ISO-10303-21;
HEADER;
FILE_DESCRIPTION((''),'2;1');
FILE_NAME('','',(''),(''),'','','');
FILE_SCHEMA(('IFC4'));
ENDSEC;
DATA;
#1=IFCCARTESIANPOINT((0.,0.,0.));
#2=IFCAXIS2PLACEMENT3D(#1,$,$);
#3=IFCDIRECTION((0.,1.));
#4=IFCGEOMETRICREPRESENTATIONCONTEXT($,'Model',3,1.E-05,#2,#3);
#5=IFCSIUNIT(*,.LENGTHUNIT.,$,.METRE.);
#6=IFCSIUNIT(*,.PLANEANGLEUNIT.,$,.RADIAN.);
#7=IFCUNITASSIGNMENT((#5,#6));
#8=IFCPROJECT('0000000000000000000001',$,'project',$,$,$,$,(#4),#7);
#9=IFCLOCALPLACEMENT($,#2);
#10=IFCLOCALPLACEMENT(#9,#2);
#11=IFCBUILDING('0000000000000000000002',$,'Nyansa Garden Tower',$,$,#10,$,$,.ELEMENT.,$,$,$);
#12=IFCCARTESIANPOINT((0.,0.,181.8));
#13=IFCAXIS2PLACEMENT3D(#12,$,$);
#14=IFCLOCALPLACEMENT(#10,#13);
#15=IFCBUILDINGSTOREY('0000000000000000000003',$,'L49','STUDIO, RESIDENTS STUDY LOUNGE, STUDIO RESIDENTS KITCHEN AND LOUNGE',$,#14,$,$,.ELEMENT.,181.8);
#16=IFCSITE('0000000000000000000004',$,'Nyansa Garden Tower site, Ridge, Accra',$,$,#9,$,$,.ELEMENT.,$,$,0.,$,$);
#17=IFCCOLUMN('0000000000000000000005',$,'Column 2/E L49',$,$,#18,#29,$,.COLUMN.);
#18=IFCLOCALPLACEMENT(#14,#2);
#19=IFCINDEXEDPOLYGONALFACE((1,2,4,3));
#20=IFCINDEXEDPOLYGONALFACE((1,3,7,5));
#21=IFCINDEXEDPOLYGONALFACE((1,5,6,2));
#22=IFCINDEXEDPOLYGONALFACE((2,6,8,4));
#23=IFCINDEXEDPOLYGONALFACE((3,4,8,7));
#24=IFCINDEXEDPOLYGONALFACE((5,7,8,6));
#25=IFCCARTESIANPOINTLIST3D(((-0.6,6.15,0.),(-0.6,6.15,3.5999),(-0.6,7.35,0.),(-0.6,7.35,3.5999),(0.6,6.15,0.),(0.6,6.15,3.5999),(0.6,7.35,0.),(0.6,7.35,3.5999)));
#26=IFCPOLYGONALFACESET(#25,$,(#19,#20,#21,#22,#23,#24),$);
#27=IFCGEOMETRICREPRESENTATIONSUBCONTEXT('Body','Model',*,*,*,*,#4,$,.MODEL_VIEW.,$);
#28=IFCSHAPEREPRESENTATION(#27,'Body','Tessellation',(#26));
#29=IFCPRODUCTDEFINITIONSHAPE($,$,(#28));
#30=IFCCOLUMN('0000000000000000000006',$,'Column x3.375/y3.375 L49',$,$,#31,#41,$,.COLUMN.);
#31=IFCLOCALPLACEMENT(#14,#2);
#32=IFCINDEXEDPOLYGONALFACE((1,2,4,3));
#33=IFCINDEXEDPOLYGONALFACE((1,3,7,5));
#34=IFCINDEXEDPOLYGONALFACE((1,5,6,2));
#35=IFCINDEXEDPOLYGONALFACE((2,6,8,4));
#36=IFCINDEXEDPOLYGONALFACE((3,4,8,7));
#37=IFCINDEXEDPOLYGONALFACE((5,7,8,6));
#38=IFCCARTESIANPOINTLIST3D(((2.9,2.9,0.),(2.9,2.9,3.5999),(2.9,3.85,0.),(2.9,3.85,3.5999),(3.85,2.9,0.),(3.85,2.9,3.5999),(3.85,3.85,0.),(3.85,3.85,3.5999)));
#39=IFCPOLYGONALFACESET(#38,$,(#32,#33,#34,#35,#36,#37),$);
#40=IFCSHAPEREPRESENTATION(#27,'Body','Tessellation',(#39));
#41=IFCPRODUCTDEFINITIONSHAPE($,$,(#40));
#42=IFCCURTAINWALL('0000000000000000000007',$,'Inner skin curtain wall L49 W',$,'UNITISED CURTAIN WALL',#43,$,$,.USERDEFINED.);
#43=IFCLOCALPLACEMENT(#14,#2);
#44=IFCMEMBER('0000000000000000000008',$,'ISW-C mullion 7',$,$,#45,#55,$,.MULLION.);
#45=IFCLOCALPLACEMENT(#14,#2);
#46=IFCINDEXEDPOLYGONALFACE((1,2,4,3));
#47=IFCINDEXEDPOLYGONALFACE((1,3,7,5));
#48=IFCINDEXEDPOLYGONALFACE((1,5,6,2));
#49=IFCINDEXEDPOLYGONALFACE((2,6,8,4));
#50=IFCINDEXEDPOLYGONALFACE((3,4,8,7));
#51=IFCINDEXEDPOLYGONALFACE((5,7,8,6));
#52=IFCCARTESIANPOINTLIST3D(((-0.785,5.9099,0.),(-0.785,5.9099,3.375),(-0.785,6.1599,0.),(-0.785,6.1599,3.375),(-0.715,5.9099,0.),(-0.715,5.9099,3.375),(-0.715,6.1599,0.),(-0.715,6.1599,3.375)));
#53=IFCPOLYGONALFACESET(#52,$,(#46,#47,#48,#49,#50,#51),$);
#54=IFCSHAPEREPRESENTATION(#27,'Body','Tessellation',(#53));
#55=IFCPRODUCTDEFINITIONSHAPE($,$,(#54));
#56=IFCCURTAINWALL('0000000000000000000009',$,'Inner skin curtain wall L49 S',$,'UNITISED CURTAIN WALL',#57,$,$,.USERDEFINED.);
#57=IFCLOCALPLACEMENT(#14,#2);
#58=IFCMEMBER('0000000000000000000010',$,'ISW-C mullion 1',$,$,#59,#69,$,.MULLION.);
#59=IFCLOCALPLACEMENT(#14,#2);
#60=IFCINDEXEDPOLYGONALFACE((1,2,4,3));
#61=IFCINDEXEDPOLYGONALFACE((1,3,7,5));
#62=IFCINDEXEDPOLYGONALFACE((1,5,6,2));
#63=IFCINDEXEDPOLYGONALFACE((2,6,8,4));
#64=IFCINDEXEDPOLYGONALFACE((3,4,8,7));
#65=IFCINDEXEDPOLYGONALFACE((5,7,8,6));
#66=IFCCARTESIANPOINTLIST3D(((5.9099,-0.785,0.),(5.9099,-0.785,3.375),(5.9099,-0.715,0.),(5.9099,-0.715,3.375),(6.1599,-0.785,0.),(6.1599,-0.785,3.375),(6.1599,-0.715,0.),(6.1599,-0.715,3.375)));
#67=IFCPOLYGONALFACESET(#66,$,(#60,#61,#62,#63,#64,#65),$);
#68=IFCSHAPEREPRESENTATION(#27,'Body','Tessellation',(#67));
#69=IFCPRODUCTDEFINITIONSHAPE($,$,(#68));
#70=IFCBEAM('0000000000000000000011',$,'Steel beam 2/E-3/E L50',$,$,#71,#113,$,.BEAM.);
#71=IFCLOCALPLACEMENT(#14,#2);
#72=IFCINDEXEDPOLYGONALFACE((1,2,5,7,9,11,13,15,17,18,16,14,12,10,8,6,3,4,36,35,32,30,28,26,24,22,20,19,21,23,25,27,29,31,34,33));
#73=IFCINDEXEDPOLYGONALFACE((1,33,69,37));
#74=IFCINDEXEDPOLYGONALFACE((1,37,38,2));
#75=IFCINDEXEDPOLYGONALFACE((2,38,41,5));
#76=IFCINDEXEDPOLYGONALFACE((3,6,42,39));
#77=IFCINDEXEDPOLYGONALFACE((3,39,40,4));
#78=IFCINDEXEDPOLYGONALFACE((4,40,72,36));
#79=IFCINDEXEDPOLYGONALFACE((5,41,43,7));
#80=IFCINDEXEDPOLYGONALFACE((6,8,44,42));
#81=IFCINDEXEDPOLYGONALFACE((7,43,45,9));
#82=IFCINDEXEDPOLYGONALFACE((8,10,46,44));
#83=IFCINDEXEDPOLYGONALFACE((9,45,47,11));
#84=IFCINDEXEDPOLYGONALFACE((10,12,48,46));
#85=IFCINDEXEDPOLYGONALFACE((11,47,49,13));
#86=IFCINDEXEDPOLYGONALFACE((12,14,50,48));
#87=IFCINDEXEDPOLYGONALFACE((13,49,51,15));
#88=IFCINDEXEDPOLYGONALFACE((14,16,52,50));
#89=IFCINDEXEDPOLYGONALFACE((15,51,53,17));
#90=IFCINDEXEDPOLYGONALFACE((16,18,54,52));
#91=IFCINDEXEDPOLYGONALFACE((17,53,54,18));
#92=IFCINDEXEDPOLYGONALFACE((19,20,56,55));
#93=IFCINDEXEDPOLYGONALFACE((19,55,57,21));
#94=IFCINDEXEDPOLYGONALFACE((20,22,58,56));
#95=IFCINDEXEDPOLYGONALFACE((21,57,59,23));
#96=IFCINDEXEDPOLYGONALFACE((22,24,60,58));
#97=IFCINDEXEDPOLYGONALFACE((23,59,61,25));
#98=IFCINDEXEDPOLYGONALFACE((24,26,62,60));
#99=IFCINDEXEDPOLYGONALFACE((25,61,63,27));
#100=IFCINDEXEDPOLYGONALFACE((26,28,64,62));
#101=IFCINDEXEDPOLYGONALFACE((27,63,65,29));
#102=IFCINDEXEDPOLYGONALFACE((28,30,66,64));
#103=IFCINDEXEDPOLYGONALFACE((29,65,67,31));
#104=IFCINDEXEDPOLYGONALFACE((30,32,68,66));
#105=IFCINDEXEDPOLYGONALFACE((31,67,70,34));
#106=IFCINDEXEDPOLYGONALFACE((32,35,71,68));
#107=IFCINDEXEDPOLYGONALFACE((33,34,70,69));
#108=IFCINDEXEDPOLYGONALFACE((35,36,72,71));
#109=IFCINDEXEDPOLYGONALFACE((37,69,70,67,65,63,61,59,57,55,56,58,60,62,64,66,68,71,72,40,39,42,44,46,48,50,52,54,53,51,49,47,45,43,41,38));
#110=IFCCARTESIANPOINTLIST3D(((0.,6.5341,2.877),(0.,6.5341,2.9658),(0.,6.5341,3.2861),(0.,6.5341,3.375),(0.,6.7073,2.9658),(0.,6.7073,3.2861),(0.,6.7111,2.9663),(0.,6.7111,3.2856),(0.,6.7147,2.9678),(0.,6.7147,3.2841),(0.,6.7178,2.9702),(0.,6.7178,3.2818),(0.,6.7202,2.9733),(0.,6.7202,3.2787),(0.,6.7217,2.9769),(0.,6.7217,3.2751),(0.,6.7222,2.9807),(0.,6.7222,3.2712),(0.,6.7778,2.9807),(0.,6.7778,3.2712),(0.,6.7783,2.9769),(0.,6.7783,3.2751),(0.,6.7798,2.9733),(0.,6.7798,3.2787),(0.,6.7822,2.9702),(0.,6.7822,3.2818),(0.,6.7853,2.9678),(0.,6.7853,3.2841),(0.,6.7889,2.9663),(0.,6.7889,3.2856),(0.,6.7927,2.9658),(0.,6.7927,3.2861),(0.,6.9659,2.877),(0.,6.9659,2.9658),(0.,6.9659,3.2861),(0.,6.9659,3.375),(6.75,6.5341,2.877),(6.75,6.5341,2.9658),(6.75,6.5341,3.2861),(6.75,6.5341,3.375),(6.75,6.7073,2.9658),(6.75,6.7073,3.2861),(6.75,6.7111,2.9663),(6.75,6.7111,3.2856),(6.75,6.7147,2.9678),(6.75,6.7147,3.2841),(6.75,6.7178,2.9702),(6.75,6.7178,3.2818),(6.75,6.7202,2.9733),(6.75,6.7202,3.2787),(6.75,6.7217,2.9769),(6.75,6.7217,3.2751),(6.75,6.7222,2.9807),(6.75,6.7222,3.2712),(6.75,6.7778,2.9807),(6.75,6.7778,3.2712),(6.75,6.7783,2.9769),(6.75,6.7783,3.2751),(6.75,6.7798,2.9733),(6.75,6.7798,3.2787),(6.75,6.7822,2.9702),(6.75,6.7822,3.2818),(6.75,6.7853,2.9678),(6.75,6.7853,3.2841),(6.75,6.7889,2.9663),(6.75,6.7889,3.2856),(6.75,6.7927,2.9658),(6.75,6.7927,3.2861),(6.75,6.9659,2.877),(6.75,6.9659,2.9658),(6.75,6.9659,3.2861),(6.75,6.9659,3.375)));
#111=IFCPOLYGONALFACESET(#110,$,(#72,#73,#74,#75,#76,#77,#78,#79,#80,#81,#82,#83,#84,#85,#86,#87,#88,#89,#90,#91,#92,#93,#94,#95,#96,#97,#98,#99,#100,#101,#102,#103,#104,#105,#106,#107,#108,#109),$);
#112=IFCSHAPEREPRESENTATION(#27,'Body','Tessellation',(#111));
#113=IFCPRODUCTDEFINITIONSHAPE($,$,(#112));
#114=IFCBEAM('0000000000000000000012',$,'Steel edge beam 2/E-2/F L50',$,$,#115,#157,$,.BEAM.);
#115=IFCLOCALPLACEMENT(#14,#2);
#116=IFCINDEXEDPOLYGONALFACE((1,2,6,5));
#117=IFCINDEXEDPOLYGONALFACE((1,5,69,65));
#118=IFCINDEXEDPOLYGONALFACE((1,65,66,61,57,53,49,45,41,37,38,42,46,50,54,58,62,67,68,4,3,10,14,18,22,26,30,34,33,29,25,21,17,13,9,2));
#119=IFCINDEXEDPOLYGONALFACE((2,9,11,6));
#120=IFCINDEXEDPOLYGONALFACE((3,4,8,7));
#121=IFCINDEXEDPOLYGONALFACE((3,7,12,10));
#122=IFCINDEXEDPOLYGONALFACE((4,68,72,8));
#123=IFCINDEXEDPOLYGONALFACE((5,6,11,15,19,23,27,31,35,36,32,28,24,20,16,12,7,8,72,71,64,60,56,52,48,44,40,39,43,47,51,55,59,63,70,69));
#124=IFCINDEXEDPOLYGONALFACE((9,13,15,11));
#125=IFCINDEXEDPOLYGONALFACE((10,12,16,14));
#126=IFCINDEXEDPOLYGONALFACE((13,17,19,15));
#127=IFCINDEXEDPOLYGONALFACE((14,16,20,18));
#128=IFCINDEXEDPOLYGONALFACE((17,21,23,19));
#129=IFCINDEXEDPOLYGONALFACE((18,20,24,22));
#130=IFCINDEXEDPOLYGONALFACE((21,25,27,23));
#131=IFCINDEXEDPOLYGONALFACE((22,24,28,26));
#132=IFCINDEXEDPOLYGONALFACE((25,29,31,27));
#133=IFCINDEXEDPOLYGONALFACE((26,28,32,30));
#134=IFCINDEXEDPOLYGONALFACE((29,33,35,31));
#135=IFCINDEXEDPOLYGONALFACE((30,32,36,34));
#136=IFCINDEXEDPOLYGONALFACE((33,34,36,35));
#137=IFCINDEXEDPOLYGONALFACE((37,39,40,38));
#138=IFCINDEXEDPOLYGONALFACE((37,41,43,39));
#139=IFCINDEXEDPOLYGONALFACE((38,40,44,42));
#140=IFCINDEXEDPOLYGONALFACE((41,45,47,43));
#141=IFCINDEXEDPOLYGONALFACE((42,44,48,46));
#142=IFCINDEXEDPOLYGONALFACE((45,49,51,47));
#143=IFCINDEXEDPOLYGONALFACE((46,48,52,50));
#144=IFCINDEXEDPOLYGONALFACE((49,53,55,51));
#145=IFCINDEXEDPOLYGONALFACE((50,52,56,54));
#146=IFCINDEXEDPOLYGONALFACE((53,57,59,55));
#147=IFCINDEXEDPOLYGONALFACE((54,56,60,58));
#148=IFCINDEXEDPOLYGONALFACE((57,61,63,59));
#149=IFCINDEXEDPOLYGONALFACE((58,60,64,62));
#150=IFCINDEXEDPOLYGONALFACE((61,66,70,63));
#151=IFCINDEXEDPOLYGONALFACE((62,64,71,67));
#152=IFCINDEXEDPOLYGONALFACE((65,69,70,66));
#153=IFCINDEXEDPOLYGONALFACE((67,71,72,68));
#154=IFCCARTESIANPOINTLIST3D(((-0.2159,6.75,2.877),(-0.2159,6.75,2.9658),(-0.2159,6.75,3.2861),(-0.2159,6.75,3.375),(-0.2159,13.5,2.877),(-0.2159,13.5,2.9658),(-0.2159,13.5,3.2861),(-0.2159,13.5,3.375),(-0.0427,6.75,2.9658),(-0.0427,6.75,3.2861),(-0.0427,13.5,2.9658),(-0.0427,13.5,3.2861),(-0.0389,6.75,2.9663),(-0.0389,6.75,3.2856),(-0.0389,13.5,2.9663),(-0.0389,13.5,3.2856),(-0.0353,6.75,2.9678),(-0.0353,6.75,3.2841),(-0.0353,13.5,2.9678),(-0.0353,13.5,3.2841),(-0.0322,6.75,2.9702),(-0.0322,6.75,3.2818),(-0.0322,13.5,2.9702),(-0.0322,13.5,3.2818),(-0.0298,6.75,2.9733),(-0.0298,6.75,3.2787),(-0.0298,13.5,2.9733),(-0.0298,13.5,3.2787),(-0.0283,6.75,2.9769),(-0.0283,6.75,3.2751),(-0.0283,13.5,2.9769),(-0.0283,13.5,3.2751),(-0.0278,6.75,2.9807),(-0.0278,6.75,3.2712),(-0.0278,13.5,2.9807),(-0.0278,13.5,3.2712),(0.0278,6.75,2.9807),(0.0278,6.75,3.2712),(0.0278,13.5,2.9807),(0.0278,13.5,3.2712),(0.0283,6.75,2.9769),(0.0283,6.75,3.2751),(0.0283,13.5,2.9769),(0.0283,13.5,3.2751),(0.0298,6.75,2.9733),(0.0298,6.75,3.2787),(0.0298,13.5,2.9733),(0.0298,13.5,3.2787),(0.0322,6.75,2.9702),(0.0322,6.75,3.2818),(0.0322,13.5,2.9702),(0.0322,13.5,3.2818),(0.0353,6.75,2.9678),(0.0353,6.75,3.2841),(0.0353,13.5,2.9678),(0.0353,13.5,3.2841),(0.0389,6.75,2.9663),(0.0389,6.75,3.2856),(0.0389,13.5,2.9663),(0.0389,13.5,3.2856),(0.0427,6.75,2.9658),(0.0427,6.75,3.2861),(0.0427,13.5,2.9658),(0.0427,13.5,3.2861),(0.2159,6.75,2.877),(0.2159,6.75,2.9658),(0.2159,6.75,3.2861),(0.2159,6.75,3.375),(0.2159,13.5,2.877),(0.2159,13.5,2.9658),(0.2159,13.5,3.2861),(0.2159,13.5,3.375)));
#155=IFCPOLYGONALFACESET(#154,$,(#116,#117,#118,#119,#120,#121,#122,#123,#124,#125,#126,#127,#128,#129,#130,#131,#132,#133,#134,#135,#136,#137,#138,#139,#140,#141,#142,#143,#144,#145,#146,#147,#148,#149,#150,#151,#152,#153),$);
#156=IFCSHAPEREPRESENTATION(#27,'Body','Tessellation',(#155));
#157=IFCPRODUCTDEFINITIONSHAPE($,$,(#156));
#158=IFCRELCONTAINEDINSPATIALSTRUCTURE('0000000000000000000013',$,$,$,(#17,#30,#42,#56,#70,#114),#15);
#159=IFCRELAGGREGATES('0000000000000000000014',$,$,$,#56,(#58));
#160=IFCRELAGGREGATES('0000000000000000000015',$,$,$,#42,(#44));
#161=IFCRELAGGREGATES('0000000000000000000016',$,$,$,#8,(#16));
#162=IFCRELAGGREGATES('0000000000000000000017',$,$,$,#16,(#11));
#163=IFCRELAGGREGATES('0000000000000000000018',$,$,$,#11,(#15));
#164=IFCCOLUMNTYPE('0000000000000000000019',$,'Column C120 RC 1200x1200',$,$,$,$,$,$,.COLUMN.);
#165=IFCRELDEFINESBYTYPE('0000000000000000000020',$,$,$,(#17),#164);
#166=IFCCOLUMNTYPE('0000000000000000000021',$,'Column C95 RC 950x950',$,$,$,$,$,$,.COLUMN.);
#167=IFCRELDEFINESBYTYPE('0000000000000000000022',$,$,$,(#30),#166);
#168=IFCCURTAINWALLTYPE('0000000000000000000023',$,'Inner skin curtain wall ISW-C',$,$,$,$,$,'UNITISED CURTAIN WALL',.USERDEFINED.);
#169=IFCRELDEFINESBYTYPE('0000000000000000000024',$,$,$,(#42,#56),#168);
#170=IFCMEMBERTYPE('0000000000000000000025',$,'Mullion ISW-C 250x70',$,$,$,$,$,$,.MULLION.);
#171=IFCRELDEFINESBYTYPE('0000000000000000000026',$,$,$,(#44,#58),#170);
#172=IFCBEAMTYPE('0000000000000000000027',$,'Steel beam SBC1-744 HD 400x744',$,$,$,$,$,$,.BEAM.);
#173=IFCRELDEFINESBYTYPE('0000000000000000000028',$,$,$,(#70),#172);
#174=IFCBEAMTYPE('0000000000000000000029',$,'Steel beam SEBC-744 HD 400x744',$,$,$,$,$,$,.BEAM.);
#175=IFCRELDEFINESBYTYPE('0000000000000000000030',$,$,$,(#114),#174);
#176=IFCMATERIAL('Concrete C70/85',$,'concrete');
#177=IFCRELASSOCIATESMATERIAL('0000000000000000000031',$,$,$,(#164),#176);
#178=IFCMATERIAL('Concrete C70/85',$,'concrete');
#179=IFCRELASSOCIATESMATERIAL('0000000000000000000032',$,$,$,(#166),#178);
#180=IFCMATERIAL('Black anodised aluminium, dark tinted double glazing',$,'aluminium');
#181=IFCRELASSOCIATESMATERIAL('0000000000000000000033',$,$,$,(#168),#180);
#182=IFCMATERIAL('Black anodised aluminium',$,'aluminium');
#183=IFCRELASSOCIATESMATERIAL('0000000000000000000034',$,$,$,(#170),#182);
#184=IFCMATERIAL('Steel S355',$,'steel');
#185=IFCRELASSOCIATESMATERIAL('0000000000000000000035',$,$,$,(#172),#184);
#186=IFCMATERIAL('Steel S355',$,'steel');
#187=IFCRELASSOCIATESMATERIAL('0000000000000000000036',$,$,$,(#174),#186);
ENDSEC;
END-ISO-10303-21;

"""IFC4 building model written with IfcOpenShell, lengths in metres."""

from ifc_helpers import new_model, si_unit, direction, frame, origin, origin_2d, place, context, subcontext, project, spatial, rectangle, i_section, extrude, material, material_profile, profile_set, type_object, element, aggregate, save


model = new_model("IFC4")

# Units and contexts
model_context = context("Model", 3, precision=1e-05, world=origin(), true_north=direction((0.0, 1.0)))
body_context = subcontext(model_context, "Body", "Model", "MODEL_VIEW")
ifc_project = project(units=[si_unit("LENGTHUNIT", "METRE"), si_unit("PLANEANGLEUNIT", "RADIAN")], contexts=[model_context])

# Site, building, storey
site_placement = place(None, origin())
site = spatial("IfcSite", under=ifc_project, at=site_placement, Name="Nyansa Garden Tower site, Ridge, Accra", CompositionType="ELEMENT", RefElevation=0.0)
building_placement = place(site_placement, origin())
building = spatial("IfcBuilding", under=site, at=building_placement, Name="Nyansa Garden Tower", CompositionType="ELEMENT")
storey_placement = place(building_placement, frame((0.0, 0.0, 181.8)))
storey = spatial("IfcBuildingStorey", under=building, at=storey_placement, Name="L49", Description="STUDIO, RESIDENTS STUDY LOUNGE, STUDIO RESIDENTS KITCHEN AND LOUNGE", CompositionType="ELEMENT", Elevation=181.8)

# Columns
ifc_material_1 = material(Name="Concrete C70/85", Category="concrete")
ifc_material_profile_1 = material_profile(ifc_material_1, rectangle(XDim=1.2, YDim=1.2, at=origin_2d()), Name="RC 1200x1200")
ifc_profile_set_1 = profile_set([ifc_material_profile_1], Name="Concrete C70/85")
column_type_1 = type_object("IfcColumnType", Name="Column C120 RC 1200x1200", PredefinedType="COLUMN", material=ifc_profile_set_1)
column_1_placement = place(storey_placement, frame((0.0, 6.75, 0.0), z_axis=(0.0, 0.0, 1.0), x_axis=(1.0, 0.0, 0.0)))
element("IfcColumn", 1, at=column_1_placement, inside=storey, type_object=column_type_1, Name="Column 2/E L49", PredefinedType="COLUMN", context=body_context, shape_type="SweptSolid", body=[
    extrude(rectangle(XDim=1.2, YDim=1.2, at=origin_2d()), origin(), (0.0, 0.0, 1.0), 3.5999),
])
ifc_material_2 = material(Name="Concrete C70/85", Category="concrete")
ifc_material_profile_2 = material_profile(ifc_material_2, rectangle(XDim=0.95, YDim=0.95, at=origin_2d()), Name="RC 950x950")
ifc_profile_set_2 = profile_set([ifc_material_profile_2], Name="Concrete C70/85")
column_type_2 = type_object("IfcColumnType", Name="Column C95 RC 950x950", PredefinedType="COLUMN", material=ifc_profile_set_2)
column_2_placement = place(storey_placement, frame((3.375, 3.375, 0.0), z_axis=(0.0, 0.0, 1.0), x_axis=(1.0, 0.0, 0.0)))
element("IfcColumn", 2, at=column_2_placement, inside=storey, type_object=column_type_2, Name="Column x3.375/y3.375 L49", PredefinedType="COLUMN", context=body_context, shape_type="SweptSolid", body=[
    extrude(rectangle(XDim=0.95, YDim=0.95, at=origin_2d()), origin(), (0.0, 0.0, 1.0), 3.5999),
])

# Curtain walls, members
ifc_material_3 = material(Name="Black anodised aluminium, dark tinted double glazing", Category="aluminium")
curtain_wall_type = type_object("IfcCurtainWallType", Name="Inner skin curtain wall ISW-C", ElementType="UNITISED CURTAIN WALL", PredefinedType="USERDEFINED", material=ifc_material_3)
curtain_wall_1_placement = place(storey_placement, origin())
curtain_wall_1 = element("IfcCurtainWall", 3, at=curtain_wall_1_placement, inside=storey, type_object=curtain_wall_type, Name="Inner skin curtain wall L49 W", ObjectType="UNITISED CURTAIN WALL", PredefinedType="USERDEFINED")
ifc_material_4 = material(Name="Black anodised aluminium", Category="aluminium")
ifc_material_profile_3 = material_profile(ifc_material_4, rectangle(XDim=0.0701, YDim=0.25, at=origin_2d()), Name="Mullion 250x70")
ifc_profile_set_3 = profile_set([ifc_material_profile_3], Name="Black anodised aluminium")
member_type_1 = type_object("IfcMemberType", Name="Mullion ISW-C 250x70", PredefinedType="MULLION", material=ifc_profile_set_3)
member_1_placement = place(storey_placement, frame((-0.75, 6.0349, 0.0), z_axis=(0.0, 0.0, 1.0), x_axis=(1.0, 0.0, 0.0)))
member_1 = element("IfcMember", 4, at=member_1_placement, type_object=member_type_1, Name="ISW-C mullion 7", PredefinedType="MULLION", context=body_context, shape_type="SweptSolid", body=[
    extrude(rectangle(XDim=0.0701, YDim=0.25, at=origin_2d()), origin(), (0.0, 0.0, 1.0), 3.375),
])
curtain_wall_2_placement = place(storey_placement, origin())
curtain_wall_2 = element("IfcCurtainWall", 5, at=curtain_wall_2_placement, inside=storey, type_object=curtain_wall_type, Name="Inner skin curtain wall L49 S", ObjectType="UNITISED CURTAIN WALL", PredefinedType="USERDEFINED")
member_2_placement = place(storey_placement, frame((6.0349, -0.75, 0.0), z_axis=(0.0, 0.0, 1.0), x_axis=(0.0, 1.0, 0.0)))
member_2 = element("IfcMember", 6, at=member_2_placement, type_object=member_type_1, Name="ISW-C mullion 1", PredefinedType="MULLION", context=body_context, shape_type="SweptSolid", body=[
    extrude(rectangle(XDim=0.0701, YDim=0.25, at=origin_2d()), origin(), (0.0, 0.0, 1.0), 3.375),
])

# Beams
ifc_material_5 = material(Name="Steel S355", Category="steel")
ifc_material_profile_4 = material_profile(ifc_material_5, i_section(OverallWidth=0.4319, OverallDepth=0.498, WebThickness=0.0557, FlangeThickness=0.0889, FilletRadius=0.0149, at=origin_2d()), Name="HD 400x744")
ifc_profile_set_4 = profile_set([ifc_material_profile_4], Name="Steel S355")
beam_type_1 = type_object("IfcBeamType", Name="Steel beam SBC1-744 HD 400x744", PredefinedType="BEAM", material=ifc_profile_set_4)
beam_1_placement = place(storey_placement, frame((0.0, 6.75, 3.126), z_axis=(1.0, 0.0, 0.0), x_axis=(0.0, 1.0, 0.0)))
element("IfcBeam", 7, at=beam_1_placement, inside=storey, type_object=beam_type_1, Name="Steel beam 2/E-3/E L50", PredefinedType="BEAM", context=body_context, shape_type="SweptSolid", body=[
    extrude(i_section(OverallWidth=0.4319, OverallDepth=0.498, WebThickness=0.0557, FlangeThickness=0.0889, FilletRadius=0.0149, at=origin_2d()), origin(), (0.0, 0.0, 1.0), 6.75),
])
ifc_material_6 = material(Name="Steel S355", Category="steel")
ifc_material_profile_5 = material_profile(ifc_material_6, i_section(OverallWidth=0.4319, OverallDepth=0.498, WebThickness=0.0557, FlangeThickness=0.0889, FilletRadius=0.0149, at=origin_2d()), Name="HD 400x744")
ifc_profile_set_5 = profile_set([ifc_material_profile_5], Name="Steel S355")
beam_type_2 = type_object("IfcBeamType", Name="Steel beam SEBC-744 HD 400x744", PredefinedType="BEAM", material=ifc_profile_set_5)
beam_2_placement = place(storey_placement, frame((0.0, 6.75, 3.126), z_axis=(0.0, 1.0, 0.0), x_axis=(-1.0, 0.0, 0.0)))
element("IfcBeam", 8, at=beam_2_placement, inside=storey, type_object=beam_type_2, Name="Steel edge beam 2/E-2/F L50", PredefinedType="BEAM", context=body_context, shape_type="SweptSolid", body=[
    extrude(i_section(OverallWidth=0.4319, OverallDepth=0.498, WebThickness=0.0557, FlangeThickness=0.0889, FilletRadius=0.0149, at=origin_2d()), origin(), (0.0, 0.0, 1.0), 6.75),
])

aggregate(curtain_wall_2, [member_2])

aggregate(curtain_wall_1, [member_1])

save(model, "model.ifc")
